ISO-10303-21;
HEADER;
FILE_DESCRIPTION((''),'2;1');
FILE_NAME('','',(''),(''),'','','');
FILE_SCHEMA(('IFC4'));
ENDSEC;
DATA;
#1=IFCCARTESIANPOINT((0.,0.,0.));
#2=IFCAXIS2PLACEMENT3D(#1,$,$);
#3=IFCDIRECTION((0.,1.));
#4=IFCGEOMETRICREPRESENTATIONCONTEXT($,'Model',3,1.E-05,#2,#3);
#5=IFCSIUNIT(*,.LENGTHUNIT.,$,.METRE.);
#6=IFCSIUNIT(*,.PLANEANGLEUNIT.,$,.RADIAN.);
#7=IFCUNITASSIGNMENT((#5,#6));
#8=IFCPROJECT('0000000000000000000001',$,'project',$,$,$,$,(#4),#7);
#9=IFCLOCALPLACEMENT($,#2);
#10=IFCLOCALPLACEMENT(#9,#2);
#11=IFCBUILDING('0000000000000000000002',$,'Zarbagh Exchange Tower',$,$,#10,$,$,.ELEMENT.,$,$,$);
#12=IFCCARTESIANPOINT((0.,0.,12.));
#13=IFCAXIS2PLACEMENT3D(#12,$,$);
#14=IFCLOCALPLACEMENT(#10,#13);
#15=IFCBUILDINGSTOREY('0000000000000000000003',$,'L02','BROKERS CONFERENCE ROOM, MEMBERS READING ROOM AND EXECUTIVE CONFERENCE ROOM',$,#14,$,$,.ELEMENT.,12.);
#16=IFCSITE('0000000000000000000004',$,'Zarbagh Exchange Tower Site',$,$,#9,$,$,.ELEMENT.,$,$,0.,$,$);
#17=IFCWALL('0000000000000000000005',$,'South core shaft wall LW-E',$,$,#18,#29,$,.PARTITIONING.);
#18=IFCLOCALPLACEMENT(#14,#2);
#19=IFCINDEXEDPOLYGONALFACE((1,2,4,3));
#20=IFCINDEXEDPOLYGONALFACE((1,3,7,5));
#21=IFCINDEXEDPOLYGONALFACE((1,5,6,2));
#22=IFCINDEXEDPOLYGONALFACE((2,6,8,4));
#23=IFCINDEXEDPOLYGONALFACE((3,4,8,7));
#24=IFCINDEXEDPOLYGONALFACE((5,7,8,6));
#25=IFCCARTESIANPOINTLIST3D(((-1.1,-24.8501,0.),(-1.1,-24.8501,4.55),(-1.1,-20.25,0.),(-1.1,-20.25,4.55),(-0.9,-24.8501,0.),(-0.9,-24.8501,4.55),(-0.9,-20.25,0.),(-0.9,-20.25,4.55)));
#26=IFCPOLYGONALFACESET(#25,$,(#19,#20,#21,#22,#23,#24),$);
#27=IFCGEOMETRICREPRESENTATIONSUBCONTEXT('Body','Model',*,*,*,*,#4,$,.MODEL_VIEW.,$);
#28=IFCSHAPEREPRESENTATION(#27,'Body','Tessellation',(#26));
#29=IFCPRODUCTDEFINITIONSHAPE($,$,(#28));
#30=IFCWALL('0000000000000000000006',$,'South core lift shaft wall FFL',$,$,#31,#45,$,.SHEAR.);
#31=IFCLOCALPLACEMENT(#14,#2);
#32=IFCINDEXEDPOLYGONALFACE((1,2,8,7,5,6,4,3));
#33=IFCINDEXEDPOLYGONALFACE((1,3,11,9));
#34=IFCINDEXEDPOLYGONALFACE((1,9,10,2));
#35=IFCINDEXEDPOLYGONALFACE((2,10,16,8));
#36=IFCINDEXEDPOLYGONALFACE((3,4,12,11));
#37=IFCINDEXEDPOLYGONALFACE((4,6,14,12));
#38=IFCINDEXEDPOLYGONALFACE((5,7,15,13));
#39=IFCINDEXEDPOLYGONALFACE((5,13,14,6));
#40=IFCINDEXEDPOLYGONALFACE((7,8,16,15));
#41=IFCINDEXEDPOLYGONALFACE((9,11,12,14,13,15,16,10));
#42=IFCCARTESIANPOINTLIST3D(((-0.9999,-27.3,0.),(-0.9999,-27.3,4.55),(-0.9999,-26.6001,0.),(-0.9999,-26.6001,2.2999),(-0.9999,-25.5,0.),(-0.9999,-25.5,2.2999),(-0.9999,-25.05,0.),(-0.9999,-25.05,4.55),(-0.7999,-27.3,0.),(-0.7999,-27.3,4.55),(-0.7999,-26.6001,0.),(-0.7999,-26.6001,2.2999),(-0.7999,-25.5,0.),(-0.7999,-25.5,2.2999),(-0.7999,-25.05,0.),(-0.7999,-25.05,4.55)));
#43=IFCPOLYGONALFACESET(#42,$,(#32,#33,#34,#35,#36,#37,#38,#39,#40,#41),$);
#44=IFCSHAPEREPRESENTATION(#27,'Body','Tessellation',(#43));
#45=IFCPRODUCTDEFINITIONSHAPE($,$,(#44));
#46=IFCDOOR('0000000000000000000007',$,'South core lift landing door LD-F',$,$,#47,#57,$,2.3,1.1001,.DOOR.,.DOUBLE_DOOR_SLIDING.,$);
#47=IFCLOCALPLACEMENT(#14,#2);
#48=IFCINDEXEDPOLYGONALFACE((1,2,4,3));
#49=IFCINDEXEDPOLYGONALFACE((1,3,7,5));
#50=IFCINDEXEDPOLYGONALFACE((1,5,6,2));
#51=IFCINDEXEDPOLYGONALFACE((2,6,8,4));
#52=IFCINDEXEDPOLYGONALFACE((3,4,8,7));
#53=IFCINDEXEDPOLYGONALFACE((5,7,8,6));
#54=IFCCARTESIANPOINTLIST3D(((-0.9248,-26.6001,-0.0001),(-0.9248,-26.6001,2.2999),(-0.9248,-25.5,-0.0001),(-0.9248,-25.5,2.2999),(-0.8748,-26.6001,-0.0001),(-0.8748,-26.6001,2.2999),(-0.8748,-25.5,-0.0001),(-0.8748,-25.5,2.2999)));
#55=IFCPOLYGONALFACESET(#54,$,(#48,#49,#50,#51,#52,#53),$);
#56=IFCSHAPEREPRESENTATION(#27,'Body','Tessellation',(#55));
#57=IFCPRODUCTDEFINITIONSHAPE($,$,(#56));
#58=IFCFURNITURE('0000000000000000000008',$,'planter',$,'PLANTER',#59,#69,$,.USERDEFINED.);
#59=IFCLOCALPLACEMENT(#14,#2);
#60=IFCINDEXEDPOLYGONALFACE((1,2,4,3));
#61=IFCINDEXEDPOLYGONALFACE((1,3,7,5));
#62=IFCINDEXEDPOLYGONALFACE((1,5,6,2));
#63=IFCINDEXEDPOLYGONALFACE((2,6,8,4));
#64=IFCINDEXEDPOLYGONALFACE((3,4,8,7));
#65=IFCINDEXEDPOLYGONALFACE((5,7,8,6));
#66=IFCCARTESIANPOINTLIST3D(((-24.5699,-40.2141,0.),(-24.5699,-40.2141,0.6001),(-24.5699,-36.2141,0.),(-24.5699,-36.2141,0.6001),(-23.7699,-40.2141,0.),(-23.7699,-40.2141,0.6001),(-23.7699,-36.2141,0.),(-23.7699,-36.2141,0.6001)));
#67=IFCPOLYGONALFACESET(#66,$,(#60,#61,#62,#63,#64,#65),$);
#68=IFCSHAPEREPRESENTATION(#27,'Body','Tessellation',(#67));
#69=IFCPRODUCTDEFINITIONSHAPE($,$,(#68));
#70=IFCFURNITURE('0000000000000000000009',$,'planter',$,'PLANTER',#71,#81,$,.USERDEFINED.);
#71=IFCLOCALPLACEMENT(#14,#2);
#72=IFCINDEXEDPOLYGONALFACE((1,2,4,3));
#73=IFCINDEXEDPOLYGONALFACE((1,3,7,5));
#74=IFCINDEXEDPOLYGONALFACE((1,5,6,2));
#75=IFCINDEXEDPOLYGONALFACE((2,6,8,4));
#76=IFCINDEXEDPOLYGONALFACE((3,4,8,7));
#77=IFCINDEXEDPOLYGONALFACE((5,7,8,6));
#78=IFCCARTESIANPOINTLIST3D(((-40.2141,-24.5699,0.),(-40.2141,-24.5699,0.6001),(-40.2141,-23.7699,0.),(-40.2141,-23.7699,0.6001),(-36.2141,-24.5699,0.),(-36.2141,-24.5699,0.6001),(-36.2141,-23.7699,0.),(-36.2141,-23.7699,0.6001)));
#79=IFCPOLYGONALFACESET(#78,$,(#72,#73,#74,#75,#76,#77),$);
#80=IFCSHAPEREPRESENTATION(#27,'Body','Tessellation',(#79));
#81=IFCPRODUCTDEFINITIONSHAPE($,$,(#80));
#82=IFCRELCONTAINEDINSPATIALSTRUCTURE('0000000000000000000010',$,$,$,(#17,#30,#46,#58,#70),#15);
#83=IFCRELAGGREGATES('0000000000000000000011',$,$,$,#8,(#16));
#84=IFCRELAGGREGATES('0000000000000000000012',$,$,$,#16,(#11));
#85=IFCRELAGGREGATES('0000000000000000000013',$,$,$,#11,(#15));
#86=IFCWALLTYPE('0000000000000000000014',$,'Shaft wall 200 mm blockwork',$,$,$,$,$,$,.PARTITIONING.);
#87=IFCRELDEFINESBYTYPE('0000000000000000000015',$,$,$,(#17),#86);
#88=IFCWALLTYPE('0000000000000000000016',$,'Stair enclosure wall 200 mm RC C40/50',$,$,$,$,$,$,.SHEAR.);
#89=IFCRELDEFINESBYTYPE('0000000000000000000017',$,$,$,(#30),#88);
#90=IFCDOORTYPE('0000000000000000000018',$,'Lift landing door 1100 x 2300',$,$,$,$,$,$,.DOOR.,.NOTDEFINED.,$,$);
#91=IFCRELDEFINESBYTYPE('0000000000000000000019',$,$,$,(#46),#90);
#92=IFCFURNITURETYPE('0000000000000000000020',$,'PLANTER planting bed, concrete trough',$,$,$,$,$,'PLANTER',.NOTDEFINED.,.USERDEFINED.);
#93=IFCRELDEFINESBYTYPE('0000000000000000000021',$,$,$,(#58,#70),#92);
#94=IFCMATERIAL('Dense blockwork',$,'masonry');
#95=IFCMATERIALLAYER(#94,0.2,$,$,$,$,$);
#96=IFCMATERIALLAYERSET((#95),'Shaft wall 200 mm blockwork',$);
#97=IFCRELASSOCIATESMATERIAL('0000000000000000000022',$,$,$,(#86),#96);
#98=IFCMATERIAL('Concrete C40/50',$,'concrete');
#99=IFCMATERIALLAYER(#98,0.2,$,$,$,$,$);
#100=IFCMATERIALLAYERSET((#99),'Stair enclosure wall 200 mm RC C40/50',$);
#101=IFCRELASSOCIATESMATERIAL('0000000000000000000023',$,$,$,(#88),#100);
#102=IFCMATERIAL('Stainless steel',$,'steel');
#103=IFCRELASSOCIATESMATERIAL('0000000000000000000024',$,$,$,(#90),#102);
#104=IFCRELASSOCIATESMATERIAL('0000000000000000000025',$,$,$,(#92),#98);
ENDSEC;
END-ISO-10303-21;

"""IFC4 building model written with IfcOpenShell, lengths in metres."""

from ifc_helpers import new_model, si_unit, direction, frame, frame_2d, origin, origin_2d, place, context, subcontext, project, spatial, rectangle, extrude, material, layer, layer_set, type_object, element, fill, save


model = new_model("IFC4")

# Units and contexts
model_context = context("Model", 3, precision=1e-05, world=origin(), true_north=direction((0.0, 1.0)))
body_context = subcontext(model_context, "Body", "Model", "MODEL_VIEW")
ifc_project = project(units=[si_unit("LENGTHUNIT", "METRE"), si_unit("PLANEANGLEUNIT", "RADIAN")], contexts=[model_context])

# Site, building, storey
site_placement = place(None, origin())
site = spatial("IfcSite", under=ifc_project, at=site_placement, Name="Zarbagh Exchange Tower Site", CompositionType="ELEMENT", RefElevation=0.0)
building_placement = place(site_placement, origin())
building = spatial("IfcBuilding", under=site, at=building_placement, Name="Zarbagh Exchange Tower", CompositionType="ELEMENT")
storey_placement = place(building_placement, frame((0.0, 0.0, 12.0)))
storey = spatial("IfcBuildingStorey", under=building, at=storey_placement, Name="L02", Description="BROKERS CONFERENCE ROOM, MEMBERS READING ROOM AND EXECUTIVE CONFERENCE ROOM", CompositionType="ELEMENT", Elevation=12.0)

# Wall
ifc_material_1 = material(Name="Dense blockwork", Category="masonry")
ifc_layer_1 = layer(ifc_material_1, 0.2)
ifc_layer_set_1 = layer_set([ifc_layer_1], Name="Shaft wall 200 mm blockwork")
wall_type_1 = type_object("IfcWallType", Name="Shaft wall 200 mm blockwork", PredefinedType="PARTITIONING", material=ifc_layer_set_1)
wall_1_placement = place(storey_placement, frame((-1.0, -24.8501, 0.0), z_axis=(0.0, 0.0, 1.0), x_axis=(0.0, 1.0, 0.0)))
element("IfcWall", 1, at=wall_1_placement, inside=storey, type_object=wall_type_1, Name="South core shaft wall LW-E", PredefinedType="PARTITIONING", context=body_context, shape_type="SweptSolid", body=[
    extrude(rectangle(XDim=4.6001, YDim=0.2, at=frame_2d((2.3, 0.0))), origin(), (0.0, 0.0, 1.0), 4.55),
])

# Wall, opening, door
ifc_material_2 = material(Name="Concrete C40/50", Category="concrete")
ifc_layer_2 = layer(ifc_material_2, 0.2)
ifc_layer_set_2 = layer_set([ifc_layer_2], Name="Stair enclosure wall 200 mm RC C40/50")
wall_type_2 = type_object("IfcWallType", Name="Stair enclosure wall 200 mm RC C40/50", PredefinedType="SHEAR", material=ifc_layer_set_2)
wall_2_placement = place(storey_placement, frame((-0.8999, -27.3, 0.0), z_axis=(0.0, 0.0, 1.0), x_axis=(0.0, 1.0, 0.0)))
wall_2 = element("IfcWall", 2, at=wall_2_placement, inside=storey, type_object=wall_type_2, Name="South core lift shaft wall FFL", PredefinedType="SHEAR", context=body_context, shape_type="SweptSolid", body=[
    extrude(rectangle(XDim=2.25, YDim=0.2, at=frame_2d((1.125, 0.0))), origin(), (0.0, 0.0, 1.0), 4.55),
])
opening_1_placement = place(wall_2_placement, frame((0.7, 0.0, 0.0)))
opening_1 = element("IfcOpeningElement", 3, at=opening_1_placement, cuts=wall_2, PredefinedType="OPENING", context=body_context, shape_type="SweptSolid", body=[
    extrude(rectangle(XDim=1.1001, YDim=2.3, at=frame_2d((0.55, 1.1499))), frame((0.0, 0.1099, 0.0), z_axis=(0.0, -1.0, 0.0), x_axis=(1.0, 0.0, 0.0)), (0.0, 0.0, 1.0), 0.22),
])
ifc_material_3 = material(Name="Stainless steel", Category="steel")
door_type_1 = type_object("IfcDoorType", Name="Lift landing door 1100 x 2300", OperationType="NOTDEFINED", PredefinedType="DOOR", material=ifc_material_3)
door_1_placement = place(opening_1_placement, origin())
door_1 = element("IfcDoor", 4, at=door_1_placement, inside=storey, type_object=door_type_1, Name="South core lift landing door LD-F", OperationType="DOUBLE_DOOR_SLIDING", OverallHeight=2.3, OverallWidth=1.1001, PredefinedType="DOOR", context=body_context, shape_type="SweptSolid", body=[
    extrude(rectangle(XDim=1.1001, YDim=2.3, at=frame_2d((0.55, 1.1499))), frame((0.0, 0.0249, 0.0), z_axis=(0.0, -1.0, 0.0), x_axis=(1.0, 0.0, 0.0)), (0.0, 0.0, 1.0), 0.05),
])
fill(opening_1, door_1)

# Furniture
furniture_type = type_object("IfcFurnitureType", Name="PLANTER planting bed, concrete trough", ElementType="PLANTER", AssemblyPlace="NOTDEFINED", PredefinedType="USERDEFINED", material=ifc_material_2)
for number, where, z_axis, x_axis, name in (
    (5, (-24.1699, -38.2141, 0.0), (0.0, 0.0, 1.0), (0.0, 1.0, 0.0), "planter"),
    (6, (-38.2141, -24.1699, 0.0), (0.0, 0.0, 1.0), (-1.0, 0.0, 0.0), "planter"),
):
    element("IfcFurniture", number, at=place(storey_placement, frame(where, z_axis=z_axis, x_axis=x_axis)), inside=storey, type_object=furniture_type, Name=name, ObjectType="PLANTER", PredefinedType="USERDEFINED", context=body_context, shape_type="SweptSolid", body=[
        extrude(rectangle(XDim=4.0, YDim=0.8, at=origin_2d()), origin(), (0.0, 0.0, 1.0), 0.6001),
    ])

save(model, "model.ifc")
